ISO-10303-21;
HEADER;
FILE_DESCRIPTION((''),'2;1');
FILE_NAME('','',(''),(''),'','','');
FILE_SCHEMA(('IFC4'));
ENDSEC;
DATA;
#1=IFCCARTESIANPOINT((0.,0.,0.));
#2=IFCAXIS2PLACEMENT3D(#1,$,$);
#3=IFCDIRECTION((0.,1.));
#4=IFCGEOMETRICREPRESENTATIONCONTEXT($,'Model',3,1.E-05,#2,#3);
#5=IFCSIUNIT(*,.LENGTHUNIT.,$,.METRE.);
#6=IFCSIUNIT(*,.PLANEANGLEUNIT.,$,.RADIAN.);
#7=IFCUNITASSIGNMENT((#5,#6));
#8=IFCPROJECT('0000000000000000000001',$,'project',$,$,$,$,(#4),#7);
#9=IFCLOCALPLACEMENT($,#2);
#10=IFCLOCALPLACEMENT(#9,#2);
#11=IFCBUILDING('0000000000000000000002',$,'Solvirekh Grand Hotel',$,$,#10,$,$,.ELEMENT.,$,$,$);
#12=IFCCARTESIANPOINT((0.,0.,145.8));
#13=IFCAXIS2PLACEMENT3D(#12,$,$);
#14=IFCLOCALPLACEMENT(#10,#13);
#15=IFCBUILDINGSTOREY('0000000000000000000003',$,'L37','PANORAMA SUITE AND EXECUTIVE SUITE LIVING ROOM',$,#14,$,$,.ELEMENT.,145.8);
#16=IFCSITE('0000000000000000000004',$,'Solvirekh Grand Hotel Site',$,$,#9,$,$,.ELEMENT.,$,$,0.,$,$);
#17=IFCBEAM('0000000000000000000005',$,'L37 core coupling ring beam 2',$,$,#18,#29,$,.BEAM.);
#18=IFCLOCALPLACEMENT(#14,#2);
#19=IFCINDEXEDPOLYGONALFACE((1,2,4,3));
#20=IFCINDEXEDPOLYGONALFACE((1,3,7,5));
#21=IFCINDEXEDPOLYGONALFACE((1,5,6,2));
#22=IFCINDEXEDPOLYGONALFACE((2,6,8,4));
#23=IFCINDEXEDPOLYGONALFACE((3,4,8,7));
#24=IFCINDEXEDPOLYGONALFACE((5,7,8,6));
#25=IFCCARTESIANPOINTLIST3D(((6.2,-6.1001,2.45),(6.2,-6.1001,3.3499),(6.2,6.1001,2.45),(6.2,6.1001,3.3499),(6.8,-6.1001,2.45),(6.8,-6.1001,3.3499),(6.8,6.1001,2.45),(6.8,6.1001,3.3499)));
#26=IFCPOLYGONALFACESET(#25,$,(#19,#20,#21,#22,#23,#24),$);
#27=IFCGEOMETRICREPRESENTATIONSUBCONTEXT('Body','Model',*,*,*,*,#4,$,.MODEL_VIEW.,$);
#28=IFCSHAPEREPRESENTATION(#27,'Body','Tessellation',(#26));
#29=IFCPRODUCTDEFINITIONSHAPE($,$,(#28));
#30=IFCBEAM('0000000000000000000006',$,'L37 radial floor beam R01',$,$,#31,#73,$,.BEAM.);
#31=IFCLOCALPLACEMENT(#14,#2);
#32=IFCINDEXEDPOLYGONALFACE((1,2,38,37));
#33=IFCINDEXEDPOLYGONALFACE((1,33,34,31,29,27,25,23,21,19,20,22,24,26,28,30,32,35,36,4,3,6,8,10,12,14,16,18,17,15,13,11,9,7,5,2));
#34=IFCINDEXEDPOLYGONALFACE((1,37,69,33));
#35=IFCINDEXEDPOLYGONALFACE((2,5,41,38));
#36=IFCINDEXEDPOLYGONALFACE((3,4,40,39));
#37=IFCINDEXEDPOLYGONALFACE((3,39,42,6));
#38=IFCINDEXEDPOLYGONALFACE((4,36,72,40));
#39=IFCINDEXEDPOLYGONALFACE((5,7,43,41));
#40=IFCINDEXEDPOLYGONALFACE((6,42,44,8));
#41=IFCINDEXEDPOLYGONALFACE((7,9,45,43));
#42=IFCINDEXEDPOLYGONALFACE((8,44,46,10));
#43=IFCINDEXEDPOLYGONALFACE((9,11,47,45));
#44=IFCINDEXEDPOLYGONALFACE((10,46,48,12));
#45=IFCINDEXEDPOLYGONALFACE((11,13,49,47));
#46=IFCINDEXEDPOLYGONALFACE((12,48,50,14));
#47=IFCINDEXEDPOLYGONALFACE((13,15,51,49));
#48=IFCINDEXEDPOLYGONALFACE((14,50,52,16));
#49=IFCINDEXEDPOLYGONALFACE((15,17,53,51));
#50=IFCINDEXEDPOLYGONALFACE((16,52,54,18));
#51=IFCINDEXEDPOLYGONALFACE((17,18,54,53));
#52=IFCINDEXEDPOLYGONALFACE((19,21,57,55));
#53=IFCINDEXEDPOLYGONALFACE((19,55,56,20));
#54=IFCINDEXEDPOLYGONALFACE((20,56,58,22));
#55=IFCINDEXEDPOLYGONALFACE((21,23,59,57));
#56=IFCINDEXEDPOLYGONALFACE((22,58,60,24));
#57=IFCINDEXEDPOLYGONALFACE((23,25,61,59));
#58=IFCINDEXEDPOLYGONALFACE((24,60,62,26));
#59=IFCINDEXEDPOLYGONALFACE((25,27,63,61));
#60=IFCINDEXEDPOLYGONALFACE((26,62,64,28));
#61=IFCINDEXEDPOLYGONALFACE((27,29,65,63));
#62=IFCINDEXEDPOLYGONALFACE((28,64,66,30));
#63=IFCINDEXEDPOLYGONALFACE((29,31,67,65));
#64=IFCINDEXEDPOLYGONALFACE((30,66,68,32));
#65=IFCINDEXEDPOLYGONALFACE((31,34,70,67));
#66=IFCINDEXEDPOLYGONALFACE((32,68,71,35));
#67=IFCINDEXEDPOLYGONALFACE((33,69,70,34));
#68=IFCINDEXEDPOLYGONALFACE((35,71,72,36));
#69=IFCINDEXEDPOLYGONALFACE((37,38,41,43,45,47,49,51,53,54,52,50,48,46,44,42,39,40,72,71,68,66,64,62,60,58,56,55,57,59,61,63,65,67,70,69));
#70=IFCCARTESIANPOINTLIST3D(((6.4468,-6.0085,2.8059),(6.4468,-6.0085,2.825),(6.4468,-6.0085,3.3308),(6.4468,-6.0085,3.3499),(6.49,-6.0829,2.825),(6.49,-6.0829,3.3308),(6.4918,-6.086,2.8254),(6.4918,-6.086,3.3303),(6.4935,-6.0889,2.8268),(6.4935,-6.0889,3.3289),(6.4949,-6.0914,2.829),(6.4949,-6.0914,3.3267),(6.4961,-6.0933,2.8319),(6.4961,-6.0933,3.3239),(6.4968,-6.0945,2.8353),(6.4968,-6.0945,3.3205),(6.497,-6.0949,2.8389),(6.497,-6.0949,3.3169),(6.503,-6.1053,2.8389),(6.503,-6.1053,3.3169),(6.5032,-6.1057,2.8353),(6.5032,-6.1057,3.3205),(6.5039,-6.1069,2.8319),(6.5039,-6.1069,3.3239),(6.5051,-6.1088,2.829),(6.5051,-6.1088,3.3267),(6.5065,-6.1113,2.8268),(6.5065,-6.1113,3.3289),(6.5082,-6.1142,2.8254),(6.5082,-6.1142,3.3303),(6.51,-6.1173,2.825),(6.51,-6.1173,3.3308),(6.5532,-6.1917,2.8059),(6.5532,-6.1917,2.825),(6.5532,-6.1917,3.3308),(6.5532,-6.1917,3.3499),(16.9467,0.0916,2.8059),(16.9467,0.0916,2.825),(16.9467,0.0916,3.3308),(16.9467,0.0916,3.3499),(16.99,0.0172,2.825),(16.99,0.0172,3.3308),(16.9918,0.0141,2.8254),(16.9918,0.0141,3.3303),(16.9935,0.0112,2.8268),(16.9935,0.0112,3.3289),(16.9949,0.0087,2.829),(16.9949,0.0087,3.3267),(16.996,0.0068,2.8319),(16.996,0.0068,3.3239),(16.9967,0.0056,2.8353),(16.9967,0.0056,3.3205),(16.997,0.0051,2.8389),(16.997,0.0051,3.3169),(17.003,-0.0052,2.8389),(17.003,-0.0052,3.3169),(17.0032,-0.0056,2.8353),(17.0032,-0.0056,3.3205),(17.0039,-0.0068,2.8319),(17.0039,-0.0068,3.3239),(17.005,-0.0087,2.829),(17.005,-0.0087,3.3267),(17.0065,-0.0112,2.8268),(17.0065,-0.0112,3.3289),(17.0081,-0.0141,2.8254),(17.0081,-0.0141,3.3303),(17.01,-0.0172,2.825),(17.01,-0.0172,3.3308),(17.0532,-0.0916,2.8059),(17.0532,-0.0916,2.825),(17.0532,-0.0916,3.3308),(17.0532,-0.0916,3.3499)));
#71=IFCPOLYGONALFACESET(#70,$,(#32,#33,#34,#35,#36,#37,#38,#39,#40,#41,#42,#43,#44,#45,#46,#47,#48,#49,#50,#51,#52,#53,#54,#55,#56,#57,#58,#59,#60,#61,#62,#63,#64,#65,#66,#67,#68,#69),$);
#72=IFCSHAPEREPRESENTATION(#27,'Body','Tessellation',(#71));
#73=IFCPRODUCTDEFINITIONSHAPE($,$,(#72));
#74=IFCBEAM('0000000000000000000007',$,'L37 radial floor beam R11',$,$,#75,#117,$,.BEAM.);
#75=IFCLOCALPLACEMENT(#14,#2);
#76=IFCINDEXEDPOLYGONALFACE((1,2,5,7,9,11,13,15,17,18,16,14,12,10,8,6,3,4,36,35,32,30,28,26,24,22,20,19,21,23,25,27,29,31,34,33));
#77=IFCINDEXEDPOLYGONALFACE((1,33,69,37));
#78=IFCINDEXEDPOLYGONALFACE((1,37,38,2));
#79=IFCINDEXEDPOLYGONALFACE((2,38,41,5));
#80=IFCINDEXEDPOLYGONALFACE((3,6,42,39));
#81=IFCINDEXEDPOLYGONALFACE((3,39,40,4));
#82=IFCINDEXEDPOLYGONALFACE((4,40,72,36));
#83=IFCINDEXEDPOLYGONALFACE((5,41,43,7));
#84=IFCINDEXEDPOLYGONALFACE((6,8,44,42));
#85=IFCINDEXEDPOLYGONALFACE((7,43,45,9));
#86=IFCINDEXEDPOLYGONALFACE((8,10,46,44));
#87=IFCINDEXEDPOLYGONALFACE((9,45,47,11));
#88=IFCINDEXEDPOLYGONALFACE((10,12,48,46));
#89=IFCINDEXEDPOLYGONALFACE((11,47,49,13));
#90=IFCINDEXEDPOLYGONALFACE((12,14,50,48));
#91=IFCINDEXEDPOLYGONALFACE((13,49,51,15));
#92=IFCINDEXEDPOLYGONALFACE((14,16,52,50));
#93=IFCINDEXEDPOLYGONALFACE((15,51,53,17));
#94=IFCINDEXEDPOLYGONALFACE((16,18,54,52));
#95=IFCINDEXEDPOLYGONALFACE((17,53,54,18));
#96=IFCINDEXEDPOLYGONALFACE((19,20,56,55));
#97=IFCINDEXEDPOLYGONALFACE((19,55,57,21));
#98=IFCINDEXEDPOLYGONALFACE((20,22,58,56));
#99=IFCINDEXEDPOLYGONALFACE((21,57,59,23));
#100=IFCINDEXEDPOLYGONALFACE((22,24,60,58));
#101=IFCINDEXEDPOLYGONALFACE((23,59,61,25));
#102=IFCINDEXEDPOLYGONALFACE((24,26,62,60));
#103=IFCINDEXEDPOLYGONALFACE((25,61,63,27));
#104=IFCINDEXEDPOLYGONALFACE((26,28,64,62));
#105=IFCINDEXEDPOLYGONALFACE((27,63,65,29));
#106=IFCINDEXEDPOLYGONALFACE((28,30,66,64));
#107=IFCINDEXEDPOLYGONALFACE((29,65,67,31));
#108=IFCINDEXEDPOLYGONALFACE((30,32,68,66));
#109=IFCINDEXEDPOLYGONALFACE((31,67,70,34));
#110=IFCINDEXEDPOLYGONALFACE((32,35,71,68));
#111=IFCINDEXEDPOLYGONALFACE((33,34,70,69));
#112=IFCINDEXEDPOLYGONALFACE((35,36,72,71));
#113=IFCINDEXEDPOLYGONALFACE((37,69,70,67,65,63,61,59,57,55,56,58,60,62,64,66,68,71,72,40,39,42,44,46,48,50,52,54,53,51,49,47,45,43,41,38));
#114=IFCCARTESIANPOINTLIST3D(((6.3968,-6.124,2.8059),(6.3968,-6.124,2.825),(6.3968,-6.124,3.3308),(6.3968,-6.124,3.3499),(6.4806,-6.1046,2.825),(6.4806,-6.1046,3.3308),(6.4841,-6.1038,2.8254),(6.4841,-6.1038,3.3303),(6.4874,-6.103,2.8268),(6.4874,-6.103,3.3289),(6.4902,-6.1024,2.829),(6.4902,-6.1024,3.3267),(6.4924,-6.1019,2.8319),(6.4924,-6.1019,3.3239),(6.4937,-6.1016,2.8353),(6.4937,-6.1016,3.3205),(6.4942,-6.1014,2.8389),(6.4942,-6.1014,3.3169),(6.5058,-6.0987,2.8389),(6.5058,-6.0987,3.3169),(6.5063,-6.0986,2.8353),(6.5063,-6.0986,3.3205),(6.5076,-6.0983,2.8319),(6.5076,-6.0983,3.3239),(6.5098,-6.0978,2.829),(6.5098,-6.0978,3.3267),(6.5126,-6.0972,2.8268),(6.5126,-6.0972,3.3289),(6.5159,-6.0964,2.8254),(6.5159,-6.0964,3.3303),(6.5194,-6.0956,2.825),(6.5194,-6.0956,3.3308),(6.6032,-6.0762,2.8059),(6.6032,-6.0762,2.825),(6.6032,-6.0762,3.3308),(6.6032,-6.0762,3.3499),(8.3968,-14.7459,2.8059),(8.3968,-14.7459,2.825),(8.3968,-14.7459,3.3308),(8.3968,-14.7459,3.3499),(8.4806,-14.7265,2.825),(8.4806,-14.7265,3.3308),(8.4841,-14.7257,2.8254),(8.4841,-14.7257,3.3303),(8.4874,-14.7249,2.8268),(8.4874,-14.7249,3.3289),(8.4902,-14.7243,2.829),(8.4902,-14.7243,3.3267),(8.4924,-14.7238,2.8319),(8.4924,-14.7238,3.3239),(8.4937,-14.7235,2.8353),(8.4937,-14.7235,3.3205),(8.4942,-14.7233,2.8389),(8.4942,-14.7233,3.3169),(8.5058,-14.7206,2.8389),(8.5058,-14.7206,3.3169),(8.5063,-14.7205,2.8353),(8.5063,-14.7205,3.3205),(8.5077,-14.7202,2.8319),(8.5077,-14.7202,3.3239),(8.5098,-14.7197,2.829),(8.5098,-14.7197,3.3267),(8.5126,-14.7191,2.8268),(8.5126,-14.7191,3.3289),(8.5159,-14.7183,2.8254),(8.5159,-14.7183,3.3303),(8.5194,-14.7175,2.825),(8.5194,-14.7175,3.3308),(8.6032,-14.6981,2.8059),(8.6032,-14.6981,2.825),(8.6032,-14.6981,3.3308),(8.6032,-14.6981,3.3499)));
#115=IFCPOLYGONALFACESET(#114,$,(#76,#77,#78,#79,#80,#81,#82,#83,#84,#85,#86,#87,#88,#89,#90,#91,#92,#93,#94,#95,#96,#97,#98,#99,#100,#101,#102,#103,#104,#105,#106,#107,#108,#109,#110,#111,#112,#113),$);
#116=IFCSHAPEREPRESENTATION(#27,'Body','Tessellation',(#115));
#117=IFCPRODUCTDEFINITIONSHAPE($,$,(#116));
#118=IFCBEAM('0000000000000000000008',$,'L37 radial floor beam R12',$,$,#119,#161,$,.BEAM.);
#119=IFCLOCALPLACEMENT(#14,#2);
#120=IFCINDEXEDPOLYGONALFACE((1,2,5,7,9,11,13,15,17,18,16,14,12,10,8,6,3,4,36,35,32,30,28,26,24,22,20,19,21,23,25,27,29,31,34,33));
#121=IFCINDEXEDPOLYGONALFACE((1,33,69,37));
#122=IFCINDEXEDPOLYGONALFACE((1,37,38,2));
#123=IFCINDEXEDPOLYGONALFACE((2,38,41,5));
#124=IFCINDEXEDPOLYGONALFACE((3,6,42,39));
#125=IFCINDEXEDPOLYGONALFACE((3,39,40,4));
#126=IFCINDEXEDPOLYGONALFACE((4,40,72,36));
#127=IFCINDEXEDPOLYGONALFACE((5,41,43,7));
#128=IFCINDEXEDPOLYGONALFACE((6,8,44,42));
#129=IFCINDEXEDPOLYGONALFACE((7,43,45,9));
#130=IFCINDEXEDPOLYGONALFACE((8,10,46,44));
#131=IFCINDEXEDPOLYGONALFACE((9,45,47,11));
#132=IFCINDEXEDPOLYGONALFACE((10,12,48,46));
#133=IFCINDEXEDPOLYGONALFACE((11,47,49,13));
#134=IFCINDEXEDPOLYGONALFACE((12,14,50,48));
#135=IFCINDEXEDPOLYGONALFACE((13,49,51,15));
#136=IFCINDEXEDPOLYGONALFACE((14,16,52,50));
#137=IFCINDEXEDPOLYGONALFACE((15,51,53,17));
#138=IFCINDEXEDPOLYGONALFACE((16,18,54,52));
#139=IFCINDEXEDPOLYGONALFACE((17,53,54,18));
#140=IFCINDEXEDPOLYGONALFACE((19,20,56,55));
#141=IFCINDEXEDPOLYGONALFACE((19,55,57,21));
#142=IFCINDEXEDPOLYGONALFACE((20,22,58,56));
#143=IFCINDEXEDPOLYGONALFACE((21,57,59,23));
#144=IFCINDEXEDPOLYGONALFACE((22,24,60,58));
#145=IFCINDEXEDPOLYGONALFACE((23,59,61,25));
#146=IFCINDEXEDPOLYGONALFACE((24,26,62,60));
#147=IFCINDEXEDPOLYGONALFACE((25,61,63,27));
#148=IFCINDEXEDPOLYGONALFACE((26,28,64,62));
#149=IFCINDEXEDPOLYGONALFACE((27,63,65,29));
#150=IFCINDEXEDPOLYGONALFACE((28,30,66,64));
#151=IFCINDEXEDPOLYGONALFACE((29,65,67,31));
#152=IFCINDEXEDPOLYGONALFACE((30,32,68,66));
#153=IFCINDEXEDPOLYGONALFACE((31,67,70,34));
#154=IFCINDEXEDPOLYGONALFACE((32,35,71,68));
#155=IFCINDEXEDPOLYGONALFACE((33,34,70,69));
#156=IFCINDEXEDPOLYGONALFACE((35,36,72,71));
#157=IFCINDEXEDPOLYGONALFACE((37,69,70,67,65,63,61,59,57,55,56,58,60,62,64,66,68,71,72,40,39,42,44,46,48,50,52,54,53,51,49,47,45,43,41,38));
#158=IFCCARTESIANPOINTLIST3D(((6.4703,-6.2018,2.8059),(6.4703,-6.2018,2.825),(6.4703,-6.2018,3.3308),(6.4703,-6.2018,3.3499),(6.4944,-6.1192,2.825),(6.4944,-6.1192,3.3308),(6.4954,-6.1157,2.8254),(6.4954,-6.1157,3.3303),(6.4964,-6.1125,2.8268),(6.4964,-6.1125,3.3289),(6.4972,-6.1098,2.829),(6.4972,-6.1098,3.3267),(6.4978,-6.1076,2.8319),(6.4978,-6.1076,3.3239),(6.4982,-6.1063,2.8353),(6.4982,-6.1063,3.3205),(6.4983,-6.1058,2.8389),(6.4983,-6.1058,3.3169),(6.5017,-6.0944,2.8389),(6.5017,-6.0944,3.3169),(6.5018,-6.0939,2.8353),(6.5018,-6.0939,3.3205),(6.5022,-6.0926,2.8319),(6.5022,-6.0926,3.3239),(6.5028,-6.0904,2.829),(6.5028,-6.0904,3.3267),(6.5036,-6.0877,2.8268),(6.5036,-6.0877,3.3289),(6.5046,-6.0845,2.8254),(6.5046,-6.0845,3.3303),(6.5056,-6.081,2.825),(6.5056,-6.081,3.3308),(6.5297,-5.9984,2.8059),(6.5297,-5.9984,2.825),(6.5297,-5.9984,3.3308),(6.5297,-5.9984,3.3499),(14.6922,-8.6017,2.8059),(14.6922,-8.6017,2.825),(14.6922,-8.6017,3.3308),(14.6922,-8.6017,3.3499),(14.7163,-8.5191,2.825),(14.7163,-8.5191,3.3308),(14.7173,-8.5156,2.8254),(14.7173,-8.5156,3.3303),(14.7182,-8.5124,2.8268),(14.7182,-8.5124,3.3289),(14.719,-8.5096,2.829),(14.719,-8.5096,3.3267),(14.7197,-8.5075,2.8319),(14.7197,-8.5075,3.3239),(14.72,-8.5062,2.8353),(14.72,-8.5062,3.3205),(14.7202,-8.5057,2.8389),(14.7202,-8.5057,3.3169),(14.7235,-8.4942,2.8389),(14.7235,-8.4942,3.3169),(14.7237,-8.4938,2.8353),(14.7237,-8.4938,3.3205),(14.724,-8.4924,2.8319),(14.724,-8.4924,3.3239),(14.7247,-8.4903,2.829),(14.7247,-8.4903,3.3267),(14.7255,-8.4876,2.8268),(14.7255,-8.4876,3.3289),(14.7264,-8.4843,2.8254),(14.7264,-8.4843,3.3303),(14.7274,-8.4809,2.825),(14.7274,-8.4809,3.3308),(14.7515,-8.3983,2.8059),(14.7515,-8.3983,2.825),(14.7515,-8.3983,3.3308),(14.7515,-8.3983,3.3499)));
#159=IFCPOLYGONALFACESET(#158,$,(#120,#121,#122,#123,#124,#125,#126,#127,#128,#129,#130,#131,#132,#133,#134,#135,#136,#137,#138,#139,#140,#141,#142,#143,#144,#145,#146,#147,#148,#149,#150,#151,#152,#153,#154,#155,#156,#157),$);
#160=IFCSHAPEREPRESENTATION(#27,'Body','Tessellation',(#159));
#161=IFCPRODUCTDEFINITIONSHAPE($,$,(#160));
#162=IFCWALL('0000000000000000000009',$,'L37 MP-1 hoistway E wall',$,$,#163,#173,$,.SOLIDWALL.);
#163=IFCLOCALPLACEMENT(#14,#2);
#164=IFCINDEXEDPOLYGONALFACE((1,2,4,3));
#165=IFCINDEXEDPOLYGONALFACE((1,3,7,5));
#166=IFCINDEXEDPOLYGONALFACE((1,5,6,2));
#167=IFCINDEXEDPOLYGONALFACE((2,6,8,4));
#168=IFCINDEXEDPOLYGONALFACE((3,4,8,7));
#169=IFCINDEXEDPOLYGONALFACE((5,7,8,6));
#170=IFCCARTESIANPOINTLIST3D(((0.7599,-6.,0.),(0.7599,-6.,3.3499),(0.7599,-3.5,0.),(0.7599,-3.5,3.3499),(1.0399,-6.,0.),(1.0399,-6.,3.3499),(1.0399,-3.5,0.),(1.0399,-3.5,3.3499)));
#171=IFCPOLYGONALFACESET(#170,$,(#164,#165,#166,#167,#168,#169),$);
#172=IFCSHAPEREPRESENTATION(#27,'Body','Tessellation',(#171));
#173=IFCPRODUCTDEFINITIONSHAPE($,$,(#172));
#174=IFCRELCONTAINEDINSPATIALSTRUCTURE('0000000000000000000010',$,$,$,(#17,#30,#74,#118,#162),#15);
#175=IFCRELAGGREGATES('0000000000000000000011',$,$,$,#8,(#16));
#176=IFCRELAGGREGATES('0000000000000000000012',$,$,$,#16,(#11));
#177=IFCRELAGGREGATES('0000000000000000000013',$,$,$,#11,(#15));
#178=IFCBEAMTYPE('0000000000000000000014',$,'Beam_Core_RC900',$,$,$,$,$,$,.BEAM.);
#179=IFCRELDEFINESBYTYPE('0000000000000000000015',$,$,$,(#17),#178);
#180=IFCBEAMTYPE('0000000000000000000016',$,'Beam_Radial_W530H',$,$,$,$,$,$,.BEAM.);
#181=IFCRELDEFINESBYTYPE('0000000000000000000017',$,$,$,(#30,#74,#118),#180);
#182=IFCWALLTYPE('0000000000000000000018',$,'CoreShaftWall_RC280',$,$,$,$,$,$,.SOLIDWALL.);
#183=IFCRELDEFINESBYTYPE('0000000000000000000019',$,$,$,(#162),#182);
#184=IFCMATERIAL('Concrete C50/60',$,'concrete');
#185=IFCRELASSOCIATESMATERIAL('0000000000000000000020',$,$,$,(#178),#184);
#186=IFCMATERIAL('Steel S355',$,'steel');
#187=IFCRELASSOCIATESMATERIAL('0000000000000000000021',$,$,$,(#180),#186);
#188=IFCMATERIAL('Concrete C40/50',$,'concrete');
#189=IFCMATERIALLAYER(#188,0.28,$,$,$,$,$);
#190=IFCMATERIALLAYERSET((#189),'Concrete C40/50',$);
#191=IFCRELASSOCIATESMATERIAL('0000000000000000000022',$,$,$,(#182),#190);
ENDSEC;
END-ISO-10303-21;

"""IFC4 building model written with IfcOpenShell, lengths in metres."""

from ifc_helpers import new_model, si_unit, direction, frame, frame_2d, origin, origin_2d, place, context, subcontext, project, spatial, rectangle, i_section, extrude, material, layer, layer_set, material_profile, profile_set, type_object, element, save


model = new_model("IFC4")

# Units and contexts
model_context = context("Model", 3, precision=1e-05, world=origin(), true_north=direction((0.0, 1.0)))
body_context = subcontext(model_context, "Body", "Model", "MODEL_VIEW")
ifc_project = project(units=[si_unit("LENGTHUNIT", "METRE"), si_unit("PLANEANGLEUNIT", "RADIAN")], contexts=[model_context])

# Site, building, storey
site_placement = place(None, origin())
site = spatial("IfcSite", under=ifc_project, at=site_placement, Name="Solvirekh Grand Hotel Site", CompositionType="ELEMENT", RefElevation=0.0)
building_placement = place(site_placement, origin())
building = spatial("IfcBuilding", under=site, at=building_placement, Name="Solvirekh Grand Hotel", CompositionType="ELEMENT")
storey_placement = place(building_placement, frame((0.0, 0.0, 145.8)))
storey = spatial("IfcBuildingStorey", under=building, at=storey_placement, Name="L37", Description="PANORAMA SUITE AND EXECUTIVE SUITE LIVING ROOM", CompositionType="ELEMENT", Elevation=145.8)

# Beams
ifc_material_1 = material(Name="Concrete C50/60", Category="concrete")
ifc_material_profile_1 = material_profile(ifc_material_1, rectangle(XDim=0.6001, YDim=0.8999, at=origin_2d()), Name="RC BEAM 600X900")
ifc_profile_set_1 = profile_set([ifc_material_profile_1], Name="Concrete C50/60")
beam_type_1 = type_object("IfcBeamType", Name="Beam_Core_RC900", PredefinedType="BEAM", material=ifc_profile_set_1)
beam_1_placement = place(storey_placement, frame((6.5, -6.1001, 2.8999), z_axis=(0.0, 1.0, 0.0), x_axis=(-1.0, 0.0, 0.0)))
element("IfcBeam", 1, at=beam_1_placement, inside=storey, type_object=beam_type_1, Name="L37 core coupling ring beam 2", PredefinedType="BEAM", context=body_context, shape_type="SweptSolid", body=[
    extrude(rectangle(XDim=0.6001, YDim=0.8999, at=origin_2d()), origin(), (0.0, 0.0, 1.0), 12.2002),
])
ifc_material_2 = material(Name="Steel S355", Category="steel")
ifc_material_profile_2 = material_profile(ifc_material_2, i_section(OverallWidth=0.2119, OverallDepth=0.5439, WebThickness=0.012, FlangeThickness=0.019, FilletRadius=0.0139, at=origin_2d()), Name="W530X123")
ifc_profile_set_2 = profile_set([ifc_material_profile_2], Name="Steel S355")
beam_type_2 = type_object("IfcBeamType", Name="Beam_Radial_W530H", PredefinedType="BEAM", material=ifc_profile_set_2)
beam_2_placement = place(storey_placement, frame((6.5, -6.1001, 3.0779), z_axis=(0.86467, 0.50234, 0.0), x_axis=(-0.50234, 0.86467, 0.0)))
element("IfcBeam", 2, at=beam_2_placement, inside=storey, type_object=beam_type_2, Name="L37 radial floor beam R01", PredefinedType="BEAM", context=body_context, shape_type="SweptSolid", body=[
    extrude(i_section(OverallWidth=0.2119, OverallDepth=0.5439, WebThickness=0.012, FlangeThickness=0.019, FilletRadius=0.0139, at=origin_2d()), origin(), (0.0, 0.0, 1.0), 12.1433),
])
beam_3_placement = place(storey_placement, frame((6.5, -6.1001, 3.0779), z_axis=(0.225969, -0.974134, 0.0), x_axis=(0.974134, 0.225969, 0.0)))
element("IfcBeam", 3, at=beam_3_placement, inside=storey, type_object=beam_type_2, Name="L37 radial floor beam R11", PredefinedType="BEAM", context=body_context, shape_type="SweptSolid", body=[
    extrude(i_section(OverallWidth=0.2119, OverallDepth=0.5439, WebThickness=0.012, FlangeThickness=0.019, FilletRadius=0.0139, at=origin_2d()), origin(), (0.0, 0.0, 1.0), 8.8508),
])
beam_4_placement = place(storey_placement, frame((6.5, -6.1001, 3.0779), z_axis=(0.959942, -0.280198, 0.0), x_axis=(0.280198, 0.959942, 0.0)))
element("IfcBeam", 4, at=beam_4_placement, inside=storey, type_object=beam_type_2, Name="L37 radial floor beam R12", PredefinedType="BEAM", context=body_context, shape_type="SweptSolid", body=[
    extrude(i_section(OverallWidth=0.2119, OverallDepth=0.5439, WebThickness=0.012, FlangeThickness=0.019, FilletRadius=0.0139, at=origin_2d()), origin(), (0.0, 0.0, 1.0), 8.5649),
])

# Wall
ifc_material_3 = material(Name="Concrete C40/50", Category="concrete")
ifc_layer_1 = layer(ifc_material_3, 0.28)
ifc_layer_set_1 = layer_set([ifc_layer_1], Name="Concrete C40/50")
wall_type_1 = type_object("IfcWallType", Name="CoreShaftWall_RC280", PredefinedType="SOLIDWALL", material=ifc_layer_set_1)
wall_1_placement = place(storey_placement, frame((0.8999, -6.0, 0.0), z_axis=(0.0, 0.0, 1.0), x_axis=(0.0, 1.0, 0.0)))
element("IfcWall", 5, at=wall_1_placement, inside=storey, type_object=wall_type_1, Name="L37 MP-1 hoistway E wall", PredefinedType="SOLIDWALL", context=body_context, shape_type="SweptSolid", body=[
    extrude(rectangle(XDim=2.5, YDim=0.28, at=frame_2d((1.25, 0.0))), origin(), (0.0, 0.0, 1.0), 3.3499),
])

save(model, "model.ifc")
